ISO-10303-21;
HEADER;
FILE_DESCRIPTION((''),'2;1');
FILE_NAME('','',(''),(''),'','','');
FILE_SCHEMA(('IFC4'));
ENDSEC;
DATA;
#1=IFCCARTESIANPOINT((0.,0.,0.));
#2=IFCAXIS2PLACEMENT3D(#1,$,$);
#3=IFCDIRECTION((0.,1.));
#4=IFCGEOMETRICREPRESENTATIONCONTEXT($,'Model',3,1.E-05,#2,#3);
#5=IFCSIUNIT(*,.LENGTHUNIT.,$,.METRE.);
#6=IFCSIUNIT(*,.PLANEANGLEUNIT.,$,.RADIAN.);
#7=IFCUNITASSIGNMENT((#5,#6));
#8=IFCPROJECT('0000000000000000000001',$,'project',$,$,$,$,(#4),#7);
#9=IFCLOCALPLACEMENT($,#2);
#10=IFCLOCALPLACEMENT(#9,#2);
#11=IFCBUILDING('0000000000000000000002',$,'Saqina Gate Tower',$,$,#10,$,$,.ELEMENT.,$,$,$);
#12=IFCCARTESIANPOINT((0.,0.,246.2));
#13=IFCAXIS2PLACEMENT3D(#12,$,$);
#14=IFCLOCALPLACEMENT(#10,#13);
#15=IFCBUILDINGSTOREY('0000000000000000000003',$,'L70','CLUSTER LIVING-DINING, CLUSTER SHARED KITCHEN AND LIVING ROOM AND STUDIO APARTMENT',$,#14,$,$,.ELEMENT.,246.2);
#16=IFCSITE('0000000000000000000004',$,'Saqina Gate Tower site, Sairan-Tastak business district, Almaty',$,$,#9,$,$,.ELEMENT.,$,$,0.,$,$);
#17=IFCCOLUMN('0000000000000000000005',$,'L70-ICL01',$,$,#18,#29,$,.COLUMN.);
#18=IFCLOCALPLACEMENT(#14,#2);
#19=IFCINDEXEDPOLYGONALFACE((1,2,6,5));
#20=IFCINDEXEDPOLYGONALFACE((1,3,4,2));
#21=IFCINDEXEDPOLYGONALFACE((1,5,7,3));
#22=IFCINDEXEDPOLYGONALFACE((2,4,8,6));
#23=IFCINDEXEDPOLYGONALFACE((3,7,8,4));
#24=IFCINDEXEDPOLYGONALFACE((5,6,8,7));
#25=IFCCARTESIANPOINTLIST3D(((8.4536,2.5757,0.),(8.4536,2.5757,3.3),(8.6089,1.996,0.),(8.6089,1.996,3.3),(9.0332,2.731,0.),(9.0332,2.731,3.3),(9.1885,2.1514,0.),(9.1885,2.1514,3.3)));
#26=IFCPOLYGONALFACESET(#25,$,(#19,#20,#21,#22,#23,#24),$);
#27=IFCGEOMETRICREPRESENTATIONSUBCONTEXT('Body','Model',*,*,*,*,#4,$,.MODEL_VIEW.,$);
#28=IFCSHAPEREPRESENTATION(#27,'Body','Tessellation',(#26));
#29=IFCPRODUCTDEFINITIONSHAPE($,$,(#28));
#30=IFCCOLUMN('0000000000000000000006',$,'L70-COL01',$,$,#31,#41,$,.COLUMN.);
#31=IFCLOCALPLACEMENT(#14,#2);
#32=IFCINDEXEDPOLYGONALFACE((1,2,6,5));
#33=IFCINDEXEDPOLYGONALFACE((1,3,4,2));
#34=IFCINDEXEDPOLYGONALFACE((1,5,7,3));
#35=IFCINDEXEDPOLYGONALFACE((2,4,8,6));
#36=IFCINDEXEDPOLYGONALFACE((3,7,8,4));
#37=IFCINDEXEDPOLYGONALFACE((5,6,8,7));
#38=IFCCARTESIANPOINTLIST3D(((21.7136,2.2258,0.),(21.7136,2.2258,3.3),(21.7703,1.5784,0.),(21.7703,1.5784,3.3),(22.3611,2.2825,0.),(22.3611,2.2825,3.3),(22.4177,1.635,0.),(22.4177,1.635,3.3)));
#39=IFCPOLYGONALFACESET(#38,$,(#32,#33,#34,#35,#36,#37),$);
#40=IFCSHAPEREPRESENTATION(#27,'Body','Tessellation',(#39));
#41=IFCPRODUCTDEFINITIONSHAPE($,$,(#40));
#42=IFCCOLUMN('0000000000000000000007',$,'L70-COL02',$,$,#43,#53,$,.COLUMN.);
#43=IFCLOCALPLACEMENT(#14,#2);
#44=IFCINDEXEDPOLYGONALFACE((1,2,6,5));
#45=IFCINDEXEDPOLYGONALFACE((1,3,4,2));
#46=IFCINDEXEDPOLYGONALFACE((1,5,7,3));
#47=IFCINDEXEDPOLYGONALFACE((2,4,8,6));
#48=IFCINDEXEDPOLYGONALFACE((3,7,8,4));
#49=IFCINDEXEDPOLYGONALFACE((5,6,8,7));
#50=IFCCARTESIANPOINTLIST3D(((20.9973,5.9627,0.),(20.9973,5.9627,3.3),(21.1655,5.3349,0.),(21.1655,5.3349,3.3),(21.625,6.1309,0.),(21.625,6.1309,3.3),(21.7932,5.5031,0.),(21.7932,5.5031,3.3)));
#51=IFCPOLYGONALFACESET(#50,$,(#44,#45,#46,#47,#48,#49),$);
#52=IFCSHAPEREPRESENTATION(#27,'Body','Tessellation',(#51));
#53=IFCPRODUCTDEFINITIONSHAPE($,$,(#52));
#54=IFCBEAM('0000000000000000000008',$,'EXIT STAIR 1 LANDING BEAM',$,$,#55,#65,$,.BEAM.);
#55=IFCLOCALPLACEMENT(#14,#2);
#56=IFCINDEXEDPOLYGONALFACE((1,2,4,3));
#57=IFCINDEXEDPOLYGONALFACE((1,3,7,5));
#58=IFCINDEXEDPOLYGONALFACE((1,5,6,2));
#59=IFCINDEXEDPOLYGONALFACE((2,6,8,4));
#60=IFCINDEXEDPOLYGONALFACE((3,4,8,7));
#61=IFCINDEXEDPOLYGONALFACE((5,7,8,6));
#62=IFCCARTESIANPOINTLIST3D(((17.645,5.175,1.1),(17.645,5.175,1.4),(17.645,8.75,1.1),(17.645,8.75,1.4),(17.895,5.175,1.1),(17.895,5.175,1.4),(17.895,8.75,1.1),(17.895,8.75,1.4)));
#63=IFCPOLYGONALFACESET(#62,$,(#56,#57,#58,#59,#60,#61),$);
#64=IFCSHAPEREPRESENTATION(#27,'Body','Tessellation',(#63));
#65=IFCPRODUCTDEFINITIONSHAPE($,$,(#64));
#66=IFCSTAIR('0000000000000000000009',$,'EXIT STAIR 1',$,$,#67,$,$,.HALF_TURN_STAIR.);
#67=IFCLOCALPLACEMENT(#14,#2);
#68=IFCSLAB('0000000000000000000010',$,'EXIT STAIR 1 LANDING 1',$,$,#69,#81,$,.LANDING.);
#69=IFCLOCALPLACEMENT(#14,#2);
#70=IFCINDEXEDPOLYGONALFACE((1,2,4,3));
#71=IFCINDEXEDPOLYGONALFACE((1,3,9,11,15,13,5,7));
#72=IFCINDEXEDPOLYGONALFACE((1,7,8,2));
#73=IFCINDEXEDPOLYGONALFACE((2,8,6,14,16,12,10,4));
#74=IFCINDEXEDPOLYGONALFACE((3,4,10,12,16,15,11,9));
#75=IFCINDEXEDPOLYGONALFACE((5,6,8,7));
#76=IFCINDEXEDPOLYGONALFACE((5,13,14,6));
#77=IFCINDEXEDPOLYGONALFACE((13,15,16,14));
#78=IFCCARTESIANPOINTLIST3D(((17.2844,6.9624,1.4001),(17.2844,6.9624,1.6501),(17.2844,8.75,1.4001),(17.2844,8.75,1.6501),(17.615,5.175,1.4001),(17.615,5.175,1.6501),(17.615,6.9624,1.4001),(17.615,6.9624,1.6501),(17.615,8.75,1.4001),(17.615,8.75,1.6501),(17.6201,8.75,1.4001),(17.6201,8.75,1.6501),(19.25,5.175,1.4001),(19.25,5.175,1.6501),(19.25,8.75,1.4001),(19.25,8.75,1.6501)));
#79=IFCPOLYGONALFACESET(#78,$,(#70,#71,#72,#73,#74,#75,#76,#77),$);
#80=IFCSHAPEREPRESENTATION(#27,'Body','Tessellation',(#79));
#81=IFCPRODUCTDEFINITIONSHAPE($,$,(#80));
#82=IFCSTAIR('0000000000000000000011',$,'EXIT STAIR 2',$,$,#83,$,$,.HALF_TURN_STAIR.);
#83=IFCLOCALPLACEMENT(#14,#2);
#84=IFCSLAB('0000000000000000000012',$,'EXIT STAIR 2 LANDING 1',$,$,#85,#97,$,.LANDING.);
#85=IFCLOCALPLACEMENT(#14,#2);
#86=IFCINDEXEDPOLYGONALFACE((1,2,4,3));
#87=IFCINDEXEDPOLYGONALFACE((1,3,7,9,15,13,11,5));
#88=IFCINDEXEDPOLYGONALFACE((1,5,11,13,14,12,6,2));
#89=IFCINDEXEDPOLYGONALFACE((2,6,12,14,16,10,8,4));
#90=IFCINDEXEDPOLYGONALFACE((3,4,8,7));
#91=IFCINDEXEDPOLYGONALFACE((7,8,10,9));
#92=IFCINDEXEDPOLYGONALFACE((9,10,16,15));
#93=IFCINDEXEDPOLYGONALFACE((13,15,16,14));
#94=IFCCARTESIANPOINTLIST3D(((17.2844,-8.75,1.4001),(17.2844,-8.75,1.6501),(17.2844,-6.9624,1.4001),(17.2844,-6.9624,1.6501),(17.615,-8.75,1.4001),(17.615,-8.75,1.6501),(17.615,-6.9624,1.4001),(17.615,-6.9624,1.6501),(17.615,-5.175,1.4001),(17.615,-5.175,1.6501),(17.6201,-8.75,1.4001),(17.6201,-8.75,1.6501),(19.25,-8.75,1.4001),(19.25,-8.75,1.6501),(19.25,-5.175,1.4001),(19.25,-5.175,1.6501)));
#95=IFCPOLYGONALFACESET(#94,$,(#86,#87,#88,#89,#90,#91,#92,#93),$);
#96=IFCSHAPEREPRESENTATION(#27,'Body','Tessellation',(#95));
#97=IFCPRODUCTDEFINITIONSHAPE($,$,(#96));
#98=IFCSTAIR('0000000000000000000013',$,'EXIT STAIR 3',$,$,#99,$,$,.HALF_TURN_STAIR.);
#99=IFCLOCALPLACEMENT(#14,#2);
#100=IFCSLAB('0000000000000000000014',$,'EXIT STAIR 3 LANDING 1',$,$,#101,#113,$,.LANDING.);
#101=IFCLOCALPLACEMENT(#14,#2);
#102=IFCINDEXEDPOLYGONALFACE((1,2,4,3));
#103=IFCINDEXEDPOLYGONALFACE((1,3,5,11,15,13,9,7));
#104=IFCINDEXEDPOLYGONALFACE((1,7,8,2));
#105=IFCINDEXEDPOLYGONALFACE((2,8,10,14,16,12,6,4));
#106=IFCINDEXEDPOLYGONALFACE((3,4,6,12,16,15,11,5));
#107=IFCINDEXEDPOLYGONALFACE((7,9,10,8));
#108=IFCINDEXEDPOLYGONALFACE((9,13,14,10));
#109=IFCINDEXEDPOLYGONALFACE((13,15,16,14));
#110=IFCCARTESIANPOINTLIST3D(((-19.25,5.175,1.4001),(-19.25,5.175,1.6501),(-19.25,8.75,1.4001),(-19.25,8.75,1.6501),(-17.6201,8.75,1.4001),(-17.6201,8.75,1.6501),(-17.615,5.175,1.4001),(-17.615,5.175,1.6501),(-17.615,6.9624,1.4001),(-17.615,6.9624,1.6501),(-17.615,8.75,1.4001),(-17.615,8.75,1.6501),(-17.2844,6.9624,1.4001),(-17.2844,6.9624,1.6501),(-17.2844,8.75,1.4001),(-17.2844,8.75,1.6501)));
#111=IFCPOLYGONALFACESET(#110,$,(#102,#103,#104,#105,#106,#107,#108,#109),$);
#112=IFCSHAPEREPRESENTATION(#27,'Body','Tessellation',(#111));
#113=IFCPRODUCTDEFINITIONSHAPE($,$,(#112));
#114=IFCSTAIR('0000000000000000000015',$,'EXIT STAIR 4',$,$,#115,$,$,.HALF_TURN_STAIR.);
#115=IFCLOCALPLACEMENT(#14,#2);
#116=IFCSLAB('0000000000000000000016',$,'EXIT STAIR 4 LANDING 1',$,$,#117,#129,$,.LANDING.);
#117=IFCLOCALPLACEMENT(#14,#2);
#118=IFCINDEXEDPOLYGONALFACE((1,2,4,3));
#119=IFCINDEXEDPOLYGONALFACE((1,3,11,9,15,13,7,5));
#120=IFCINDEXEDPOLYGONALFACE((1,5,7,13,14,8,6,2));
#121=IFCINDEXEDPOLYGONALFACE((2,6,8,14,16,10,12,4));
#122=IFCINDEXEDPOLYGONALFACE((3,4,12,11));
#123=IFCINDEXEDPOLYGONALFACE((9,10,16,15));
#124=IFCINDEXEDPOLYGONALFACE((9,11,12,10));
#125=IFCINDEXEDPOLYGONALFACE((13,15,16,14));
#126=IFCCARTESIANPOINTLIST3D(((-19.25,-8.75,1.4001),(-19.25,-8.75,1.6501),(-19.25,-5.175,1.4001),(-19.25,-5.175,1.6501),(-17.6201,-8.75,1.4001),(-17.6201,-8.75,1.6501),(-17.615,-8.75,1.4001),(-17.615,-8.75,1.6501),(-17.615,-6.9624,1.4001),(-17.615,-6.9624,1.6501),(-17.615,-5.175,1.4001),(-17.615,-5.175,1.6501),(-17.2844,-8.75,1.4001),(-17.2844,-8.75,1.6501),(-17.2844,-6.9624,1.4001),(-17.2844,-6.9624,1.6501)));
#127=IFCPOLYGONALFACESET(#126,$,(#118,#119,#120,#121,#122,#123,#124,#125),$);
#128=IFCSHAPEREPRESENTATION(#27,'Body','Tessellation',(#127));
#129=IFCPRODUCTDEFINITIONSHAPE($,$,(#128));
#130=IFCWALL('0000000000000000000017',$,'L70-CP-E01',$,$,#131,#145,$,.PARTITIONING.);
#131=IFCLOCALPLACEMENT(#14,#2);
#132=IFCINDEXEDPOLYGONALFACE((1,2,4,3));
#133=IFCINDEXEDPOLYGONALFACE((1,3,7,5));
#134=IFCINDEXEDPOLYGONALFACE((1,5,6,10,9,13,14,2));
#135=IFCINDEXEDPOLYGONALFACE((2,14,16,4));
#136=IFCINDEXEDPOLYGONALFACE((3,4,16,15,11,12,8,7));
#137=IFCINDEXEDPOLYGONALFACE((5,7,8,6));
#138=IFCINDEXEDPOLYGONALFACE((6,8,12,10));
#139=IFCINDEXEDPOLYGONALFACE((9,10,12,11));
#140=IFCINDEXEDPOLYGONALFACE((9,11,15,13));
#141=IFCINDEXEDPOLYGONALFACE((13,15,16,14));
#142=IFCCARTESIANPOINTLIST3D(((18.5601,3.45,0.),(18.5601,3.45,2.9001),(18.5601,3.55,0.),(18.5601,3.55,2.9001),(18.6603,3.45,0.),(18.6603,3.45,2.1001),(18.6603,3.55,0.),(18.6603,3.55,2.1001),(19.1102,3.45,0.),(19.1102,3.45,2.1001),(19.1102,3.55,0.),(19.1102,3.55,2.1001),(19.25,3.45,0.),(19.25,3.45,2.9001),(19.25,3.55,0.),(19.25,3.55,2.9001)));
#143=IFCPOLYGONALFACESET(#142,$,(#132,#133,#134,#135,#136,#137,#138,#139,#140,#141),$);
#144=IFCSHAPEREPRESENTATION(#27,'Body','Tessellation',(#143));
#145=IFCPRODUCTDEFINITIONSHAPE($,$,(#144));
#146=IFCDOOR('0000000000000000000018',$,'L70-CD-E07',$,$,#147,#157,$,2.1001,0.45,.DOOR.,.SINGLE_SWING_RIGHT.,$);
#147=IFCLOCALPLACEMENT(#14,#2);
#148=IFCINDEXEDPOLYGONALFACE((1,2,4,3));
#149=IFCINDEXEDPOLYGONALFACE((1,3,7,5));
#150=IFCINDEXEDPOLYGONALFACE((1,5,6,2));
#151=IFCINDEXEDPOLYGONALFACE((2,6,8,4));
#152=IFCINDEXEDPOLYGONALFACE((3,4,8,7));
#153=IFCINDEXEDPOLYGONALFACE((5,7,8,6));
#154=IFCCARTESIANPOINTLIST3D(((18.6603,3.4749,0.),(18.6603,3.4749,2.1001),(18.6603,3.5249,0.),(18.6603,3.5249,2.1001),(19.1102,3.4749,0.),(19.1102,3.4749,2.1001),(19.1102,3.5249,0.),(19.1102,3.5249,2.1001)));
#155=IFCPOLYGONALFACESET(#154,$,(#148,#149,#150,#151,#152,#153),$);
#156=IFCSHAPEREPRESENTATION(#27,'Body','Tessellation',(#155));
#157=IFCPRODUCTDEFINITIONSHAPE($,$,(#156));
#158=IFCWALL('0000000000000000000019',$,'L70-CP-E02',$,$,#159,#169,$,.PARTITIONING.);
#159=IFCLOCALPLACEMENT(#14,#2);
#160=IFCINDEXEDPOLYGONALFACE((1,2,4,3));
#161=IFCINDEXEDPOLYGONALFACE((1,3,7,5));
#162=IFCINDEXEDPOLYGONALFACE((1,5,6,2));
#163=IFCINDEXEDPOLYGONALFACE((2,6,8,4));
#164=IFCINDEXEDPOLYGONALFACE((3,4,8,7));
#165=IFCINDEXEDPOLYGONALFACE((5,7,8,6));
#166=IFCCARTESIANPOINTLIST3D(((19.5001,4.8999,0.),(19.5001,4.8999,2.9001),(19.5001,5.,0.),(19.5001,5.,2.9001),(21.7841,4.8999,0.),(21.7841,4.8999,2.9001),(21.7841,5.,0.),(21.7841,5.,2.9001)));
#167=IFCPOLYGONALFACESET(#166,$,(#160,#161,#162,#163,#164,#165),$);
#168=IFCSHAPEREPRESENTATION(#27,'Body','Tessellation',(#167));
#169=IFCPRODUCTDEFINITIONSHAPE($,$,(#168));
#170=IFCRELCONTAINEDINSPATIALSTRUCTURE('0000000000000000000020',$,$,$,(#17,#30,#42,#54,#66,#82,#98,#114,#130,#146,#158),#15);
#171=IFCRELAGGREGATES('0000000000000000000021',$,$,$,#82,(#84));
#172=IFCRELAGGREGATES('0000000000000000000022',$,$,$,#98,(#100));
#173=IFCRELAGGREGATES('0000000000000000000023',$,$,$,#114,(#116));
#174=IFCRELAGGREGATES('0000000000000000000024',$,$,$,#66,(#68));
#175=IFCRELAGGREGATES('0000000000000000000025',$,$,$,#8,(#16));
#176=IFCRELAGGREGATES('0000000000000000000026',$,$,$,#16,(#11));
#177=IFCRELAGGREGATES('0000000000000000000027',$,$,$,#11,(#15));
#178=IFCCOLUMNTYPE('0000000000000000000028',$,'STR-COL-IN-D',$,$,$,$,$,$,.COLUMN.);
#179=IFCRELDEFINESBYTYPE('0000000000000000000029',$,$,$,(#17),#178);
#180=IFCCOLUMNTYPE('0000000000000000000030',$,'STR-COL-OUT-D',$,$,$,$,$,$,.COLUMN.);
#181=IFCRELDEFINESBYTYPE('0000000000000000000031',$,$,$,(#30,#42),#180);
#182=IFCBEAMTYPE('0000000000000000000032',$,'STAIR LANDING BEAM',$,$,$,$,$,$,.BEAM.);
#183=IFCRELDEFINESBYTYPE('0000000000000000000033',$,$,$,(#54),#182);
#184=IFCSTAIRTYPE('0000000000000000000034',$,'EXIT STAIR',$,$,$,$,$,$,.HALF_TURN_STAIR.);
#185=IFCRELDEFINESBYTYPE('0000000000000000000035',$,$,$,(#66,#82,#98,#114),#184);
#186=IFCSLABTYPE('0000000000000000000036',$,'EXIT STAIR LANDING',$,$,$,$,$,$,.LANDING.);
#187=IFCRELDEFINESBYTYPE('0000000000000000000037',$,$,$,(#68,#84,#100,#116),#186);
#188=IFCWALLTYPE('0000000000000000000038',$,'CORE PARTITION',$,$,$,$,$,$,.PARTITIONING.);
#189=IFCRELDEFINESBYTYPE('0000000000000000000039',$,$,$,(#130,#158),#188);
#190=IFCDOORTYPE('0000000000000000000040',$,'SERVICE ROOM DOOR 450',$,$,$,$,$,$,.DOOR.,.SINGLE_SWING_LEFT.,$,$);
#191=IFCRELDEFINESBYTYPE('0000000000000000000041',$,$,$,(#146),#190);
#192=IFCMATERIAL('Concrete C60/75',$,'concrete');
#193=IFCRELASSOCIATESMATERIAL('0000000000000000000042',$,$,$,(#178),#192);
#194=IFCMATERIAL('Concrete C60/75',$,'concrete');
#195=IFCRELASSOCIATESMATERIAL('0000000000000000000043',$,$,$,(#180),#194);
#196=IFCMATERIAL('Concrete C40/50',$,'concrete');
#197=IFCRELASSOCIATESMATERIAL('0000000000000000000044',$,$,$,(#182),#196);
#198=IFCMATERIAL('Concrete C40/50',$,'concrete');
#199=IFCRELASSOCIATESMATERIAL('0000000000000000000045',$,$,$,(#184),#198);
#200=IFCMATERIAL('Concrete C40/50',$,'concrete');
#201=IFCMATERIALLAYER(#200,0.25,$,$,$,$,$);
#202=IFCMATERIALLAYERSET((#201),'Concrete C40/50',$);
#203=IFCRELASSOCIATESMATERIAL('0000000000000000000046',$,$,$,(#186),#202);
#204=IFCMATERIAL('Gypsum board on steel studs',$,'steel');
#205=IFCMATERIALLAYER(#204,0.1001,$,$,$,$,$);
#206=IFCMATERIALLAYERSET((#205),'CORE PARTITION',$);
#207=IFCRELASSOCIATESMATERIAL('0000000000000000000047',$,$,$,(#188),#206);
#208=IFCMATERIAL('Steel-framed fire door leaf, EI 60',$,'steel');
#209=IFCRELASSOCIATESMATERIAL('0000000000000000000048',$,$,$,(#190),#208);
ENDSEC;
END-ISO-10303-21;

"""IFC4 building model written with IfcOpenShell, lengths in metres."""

from ifc_helpers import new_model, si_unit, direction, frame, frame_2d, origin, origin_2d, place, context, subcontext, project, spatial, polyline, rectangle, outline, extrude, material, layer, layer_set, material_profile, profile_set, type_object, element, fill, aggregate, save


model = new_model("IFC4")

# Units and contexts
model_context = context("Model", 3, precision=1e-05, world=origin(), true_north=direction((0.0, 1.0)))
body_context = subcontext(model_context, "Body", "Model", "MODEL_VIEW")
ifc_project = project(units=[si_unit("LENGTHUNIT", "METRE"), si_unit("PLANEANGLEUNIT", "RADIAN")], contexts=[model_context])

# Site, building, storey
site_placement = place(None, origin())
site = spatial("IfcSite", under=ifc_project, at=site_placement, Name="Saqina Gate Tower site, Sairan-Tastak business district, Almaty", CompositionType="ELEMENT", RefElevation=0.0)
building_placement = place(site_placement, origin())
building = spatial("IfcBuilding", under=site, at=building_placement, Name="Saqina Gate Tower", CompositionType="ELEMENT")
storey_placement = place(building_placement, frame((0.0, 0.0, 246.2)))
storey = spatial("IfcBuildingStorey", under=building, at=storey_placement, Name="L70", Description="CLUSTER LIVING-DINING, CLUSTER SHARED KITCHEN AND LIVING ROOM AND STUDIO APARTMENT", CompositionType="ELEMENT", Elevation=246.2)

# Columns
ifc_material_1 = material(Name="Concrete C60/75", Category="concrete")
ifc_material_profile_1 = material_profile(ifc_material_1, rectangle(XDim=0.6001, YDim=0.6001, at=origin_2d()), Name="RC 600x600")
ifc_profile_set_1 = profile_set([ifc_material_profile_1], Name="Concrete C60/75")
column_type_1 = type_object("IfcColumnType", Name="STR-COL-IN-D", PredefinedType="COLUMN", material=ifc_profile_set_1)
column_placement = place(storey_placement, frame((8.821, 2.3635, 0.0), z_axis=(0.0, 0.0, 1.0), x_axis=(0.965926, 0.258819, 0.0)))
element("IfcColumn", 1, at=column_placement, inside=storey, type_object=column_type_1, Name="L70-ICL01", PredefinedType="COLUMN", context=body_context, shape_type="SweptSolid", body=[
    extrude(rectangle(XDim=0.6001, YDim=0.6001, at=origin_2d()), origin(), (0.0, 0.0, 1.0), 3.3),
])
ifc_material_2 = material(Name="Concrete C60/75", Category="concrete")
ifc_material_profile_2 = material_profile(ifc_material_2, rectangle(XDim=0.6499, YDim=0.6499, at=origin_2d()), Name="RC 650x650")
ifc_profile_set_2 = profile_set([ifc_material_profile_2], Name="Concrete C60/75")
column_type_2 = type_object("IfcColumnType", Name="STR-COL-OUT-D", PredefinedType="COLUMN", material=ifc_profile_set_2)
for number, where, z_axis, x_axis, name in (
    (2, (22.0657, 1.9304, 0.0), (0.0, 0.0, 1.0), (0.996195, 0.087156, 0.0), "L70-COL01"),
    (3, (21.3953, 5.7329, 0.0), (0.0, 0.0, 1.0), (0.965926, 0.258819, 0.0), "L70-COL02"),
):
    element("IfcColumn", number, at=place(storey_placement, frame(where, z_axis=z_axis, x_axis=x_axis)), inside=storey, type_object=column_type_2, Name=name, PredefinedType="COLUMN", context=body_context, shape_type="SweptSolid", body=[
        extrude(rectangle(XDim=0.6499, YDim=0.6499, at=origin_2d()), origin(), (0.0, 0.0, 1.0), 3.3),
    ])

# Beam
ifc_material_3 = material(Name="Concrete C40/50", Category="concrete")
ifc_material_profile_3 = material_profile(ifc_material_3, rectangle(XDim=0.25, YDim=0.3, at=origin_2d()), Name="STAIR LANDING BEAM")
ifc_profile_set_3 = profile_set([ifc_material_profile_3], Name="Concrete C40/50")
beam_type = type_object("IfcBeamType", Name="STAIR LANDING BEAM", PredefinedType="BEAM", material=ifc_profile_set_3)
beam_placement = place(storey_placement, frame((17.77, 5.175, 1.25), z_axis=(0.0, 1.0, 0.0), x_axis=(-1.0, 0.0, 0.0)))
element("IfcBeam", 4, at=beam_placement, inside=storey, type_object=beam_type, Name="EXIT STAIR 1 LANDING BEAM", PredefinedType="BEAM", context=body_context, shape_type="SweptSolid", body=[
    extrude(rectangle(XDim=0.25, YDim=0.3, at=origin_2d()), origin(), (0.0, 0.0, 1.0), 3.575),
])

# Stairs, slabs
ifc_material_4 = material(Name="Concrete C40/50", Category="concrete")
stair_type = type_object("IfcStairType", Name="EXIT STAIR", PredefinedType="HALF_TURN_STAIR", material=ifc_material_4)
stair_1_placement = place(storey_placement, origin())
stair_1 = element("IfcStair", 5, at=stair_1_placement, inside=storey, type_object=stair_type, Name="EXIT STAIR 1", PredefinedType="HALF_TURN_STAIR")
ifc_material_5 = material(Name="Concrete C40/50", Category="concrete")
ifc_layer_1 = layer(ifc_material_5, 0.25)
ifc_layer_set_1 = layer_set([ifc_layer_1], Name="Concrete C40/50")
slab_type = type_object("IfcSlabType", Name="EXIT STAIR LANDING", PredefinedType="LANDING", material=ifc_layer_set_1)
slab_1_placement = place(storey_placement, frame((0.0, 0.0, 1.4001)))
slab_1 = element("IfcSlab", 6, at=slab_1_placement, type_object=slab_type, Name="EXIT STAIR 1 LANDING 1", PredefinedType="LANDING", context=body_context, shape_type="SweptSolid", body=[
    extrude(outline(polyline([(19.25, 8.75), (19.25, 5.175), (17.615, 5.175), (17.615, 6.9624), (17.2844, 6.9624), (17.2844, 8.75), (17.615, 8.75), (17.6201, 8.75), (19.25, 8.75)])), origin(), (0.0, 0.0, 1.0), 0.25),
])
stair_2_placement = place(storey_placement, origin())
stair_2 = element("IfcStair", 7, at=stair_2_placement, inside=storey, type_object=stair_type, Name="EXIT STAIR 2", PredefinedType="HALF_TURN_STAIR")
slab_2_placement = place(storey_placement, frame((0.0, 0.0, 1.4001)))
slab_2 = element("IfcSlab", 8, at=slab_2_placement, type_object=slab_type, Name="EXIT STAIR 2 LANDING 1", PredefinedType="LANDING", context=body_context, shape_type="SweptSolid", body=[
    extrude(outline(polyline([(17.2844, -8.75), (17.2844, -6.9624), (17.615, -6.9624), (17.615, -5.175), (19.25, -5.175), (19.25, -8.75), (17.6201, -8.75), (17.615, -8.75), (17.2844, -8.75)])), origin(), (0.0, 0.0, 1.0), 0.25),
])
aggregate(stair_2, [slab_2])
stair_3_placement = place(storey_placement, origin())
stair_3 = element("IfcStair", 9, at=stair_3_placement, inside=storey, type_object=stair_type, Name="EXIT STAIR 3", PredefinedType="HALF_TURN_STAIR")
slab_3_placement = place(storey_placement, frame((0.0, 0.0, 1.4001)))
slab_3 = element("IfcSlab", 10, at=slab_3_placement, type_object=slab_type, Name="EXIT STAIR 3 LANDING 1", PredefinedType="LANDING", context=body_context, shape_type="SweptSolid", body=[
    extrude(outline(polyline([(-17.615, 5.175), (-19.25, 5.175), (-19.25, 8.75), (-17.6201, 8.75), (-17.615, 8.75), (-17.2844, 8.75), (-17.2844, 6.9624), (-17.615, 6.9624), (-17.615, 5.175)])), origin(), (0.0, 0.0, 1.0), 0.25),
])
aggregate(stair_3, [slab_3])
stair_4_placement = place(storey_placement, origin())
stair_4 = element("IfcStair", 11, at=stair_4_placement, inside=storey, type_object=stair_type, Name="EXIT STAIR 4", PredefinedType="HALF_TURN_STAIR")
slab_4_placement = place(storey_placement, frame((0.0, 0.0, 1.4001)))
slab_4 = element("IfcSlab", 12, at=slab_4_placement, type_object=slab_type, Name="EXIT STAIR 4 LANDING 1", PredefinedType="LANDING", context=body_context, shape_type="SweptSolid", body=[
    extrude(outline(polyline([(-17.2844, -6.9624), (-17.2844, -8.75), (-17.615, -8.75), (-17.6201, -8.75), (-19.25, -8.75), (-19.25, -5.175), (-17.615, -5.175), (-17.615, -6.9624), (-17.2844, -6.9624)])), origin(), (0.0, 0.0, 1.0), 0.25),
])
aggregate(stair_4, [slab_4])

# Wall, opening, door
ifc_material_6 = material(Name="Gypsum board on steel studs", Category="steel")
ifc_layer_2 = layer(ifc_material_6, 0.1001)
ifc_layer_set_2 = layer_set([ifc_layer_2], Name="CORE PARTITION")
wall_type_1 = type_object("IfcWallType", Name="CORE PARTITION", PredefinedType="PARTITIONING", material=ifc_layer_set_2)
wall_1_placement = place(storey_placement, frame((18.5601, 3.5, 0.0), z_axis=(0.0, 0.0, 1.0), x_axis=(1.0, 0.0, 0.0)))
wall_1 = element("IfcWall", 13, at=wall_1_placement, inside=storey, type_object=wall_type_1, Name="L70-CP-E01", PredefinedType="PARTITIONING", context=body_context, shape_type="SweptSolid", body=[
    extrude(rectangle(XDim=0.6899, YDim=0.1001, at=frame_2d((0.345, 0.0))), origin(), (0.0, 0.0, 1.0), 2.9001),
])
opening_1_placement = place(wall_1_placement, frame((0.1001, 0.0, 0.0)))
opening_1 = element("IfcOpeningElement", 14, at=opening_1_placement, cuts=wall_1, PredefinedType="OPENING", context=body_context, shape_type="SweptSolid", body=[
    extrude(rectangle(XDim=0.45, YDim=2.1001, at=frame_2d((0.2251, 1.05))), frame((0.0, 0.062, 0.0), z_axis=(0.0, -1.0, 0.0), x_axis=(1.0, 0.0, 0.0)), (0.0, 0.0, 1.0), 0.124),
])
ifc_material_7 = material(Name="Steel-framed fire door leaf, EI 60", Category="steel")
door_type_1 = type_object("IfcDoorType", Name="SERVICE ROOM DOOR 450", OperationType="SINGLE_SWING_LEFT", PredefinedType="DOOR", material=ifc_material_7)
door_1_placement = place(opening_1_placement, origin())
door_1 = element("IfcDoor", 15, at=door_1_placement, inside=storey, type_object=door_type_1, Name="L70-CD-E07", OperationType="SINGLE_SWING_RIGHT", OverallHeight=2.1001, OverallWidth=0.45, PredefinedType="DOOR", context=body_context, shape_type="SweptSolid", body=[
    extrude(rectangle(XDim=0.45, YDim=2.1001, at=frame_2d((0.2251, 1.05))), frame((0.0, 0.0249, 0.0), z_axis=(0.0, -1.0, 0.0), x_axis=(1.0, 0.0, 0.0)), (0.0, 0.0, 1.0), 0.05),
])
fill(opening_1, door_1)

# Wall
wall_2_placement = place(storey_placement, frame((19.5, 4.95, 0.0), z_axis=(0.0, 0.0, 1.0), x_axis=(1.0, 0.0, 0.0)))
element("IfcWall", 16, at=wall_2_placement, inside=storey, type_object=wall_type_1, Name="L70-CP-E02", PredefinedType="PARTITIONING", context=body_context, shape_type="SweptSolid", body=[
    extrude(rectangle(XDim=2.2839, YDim=0.1001, at=frame_2d((1.1421, 0.0))), origin(), (0.0, 0.0, 1.0), 2.9001),
])

aggregate(stair_1, [slab_1])

save(model, "model.ifc")
